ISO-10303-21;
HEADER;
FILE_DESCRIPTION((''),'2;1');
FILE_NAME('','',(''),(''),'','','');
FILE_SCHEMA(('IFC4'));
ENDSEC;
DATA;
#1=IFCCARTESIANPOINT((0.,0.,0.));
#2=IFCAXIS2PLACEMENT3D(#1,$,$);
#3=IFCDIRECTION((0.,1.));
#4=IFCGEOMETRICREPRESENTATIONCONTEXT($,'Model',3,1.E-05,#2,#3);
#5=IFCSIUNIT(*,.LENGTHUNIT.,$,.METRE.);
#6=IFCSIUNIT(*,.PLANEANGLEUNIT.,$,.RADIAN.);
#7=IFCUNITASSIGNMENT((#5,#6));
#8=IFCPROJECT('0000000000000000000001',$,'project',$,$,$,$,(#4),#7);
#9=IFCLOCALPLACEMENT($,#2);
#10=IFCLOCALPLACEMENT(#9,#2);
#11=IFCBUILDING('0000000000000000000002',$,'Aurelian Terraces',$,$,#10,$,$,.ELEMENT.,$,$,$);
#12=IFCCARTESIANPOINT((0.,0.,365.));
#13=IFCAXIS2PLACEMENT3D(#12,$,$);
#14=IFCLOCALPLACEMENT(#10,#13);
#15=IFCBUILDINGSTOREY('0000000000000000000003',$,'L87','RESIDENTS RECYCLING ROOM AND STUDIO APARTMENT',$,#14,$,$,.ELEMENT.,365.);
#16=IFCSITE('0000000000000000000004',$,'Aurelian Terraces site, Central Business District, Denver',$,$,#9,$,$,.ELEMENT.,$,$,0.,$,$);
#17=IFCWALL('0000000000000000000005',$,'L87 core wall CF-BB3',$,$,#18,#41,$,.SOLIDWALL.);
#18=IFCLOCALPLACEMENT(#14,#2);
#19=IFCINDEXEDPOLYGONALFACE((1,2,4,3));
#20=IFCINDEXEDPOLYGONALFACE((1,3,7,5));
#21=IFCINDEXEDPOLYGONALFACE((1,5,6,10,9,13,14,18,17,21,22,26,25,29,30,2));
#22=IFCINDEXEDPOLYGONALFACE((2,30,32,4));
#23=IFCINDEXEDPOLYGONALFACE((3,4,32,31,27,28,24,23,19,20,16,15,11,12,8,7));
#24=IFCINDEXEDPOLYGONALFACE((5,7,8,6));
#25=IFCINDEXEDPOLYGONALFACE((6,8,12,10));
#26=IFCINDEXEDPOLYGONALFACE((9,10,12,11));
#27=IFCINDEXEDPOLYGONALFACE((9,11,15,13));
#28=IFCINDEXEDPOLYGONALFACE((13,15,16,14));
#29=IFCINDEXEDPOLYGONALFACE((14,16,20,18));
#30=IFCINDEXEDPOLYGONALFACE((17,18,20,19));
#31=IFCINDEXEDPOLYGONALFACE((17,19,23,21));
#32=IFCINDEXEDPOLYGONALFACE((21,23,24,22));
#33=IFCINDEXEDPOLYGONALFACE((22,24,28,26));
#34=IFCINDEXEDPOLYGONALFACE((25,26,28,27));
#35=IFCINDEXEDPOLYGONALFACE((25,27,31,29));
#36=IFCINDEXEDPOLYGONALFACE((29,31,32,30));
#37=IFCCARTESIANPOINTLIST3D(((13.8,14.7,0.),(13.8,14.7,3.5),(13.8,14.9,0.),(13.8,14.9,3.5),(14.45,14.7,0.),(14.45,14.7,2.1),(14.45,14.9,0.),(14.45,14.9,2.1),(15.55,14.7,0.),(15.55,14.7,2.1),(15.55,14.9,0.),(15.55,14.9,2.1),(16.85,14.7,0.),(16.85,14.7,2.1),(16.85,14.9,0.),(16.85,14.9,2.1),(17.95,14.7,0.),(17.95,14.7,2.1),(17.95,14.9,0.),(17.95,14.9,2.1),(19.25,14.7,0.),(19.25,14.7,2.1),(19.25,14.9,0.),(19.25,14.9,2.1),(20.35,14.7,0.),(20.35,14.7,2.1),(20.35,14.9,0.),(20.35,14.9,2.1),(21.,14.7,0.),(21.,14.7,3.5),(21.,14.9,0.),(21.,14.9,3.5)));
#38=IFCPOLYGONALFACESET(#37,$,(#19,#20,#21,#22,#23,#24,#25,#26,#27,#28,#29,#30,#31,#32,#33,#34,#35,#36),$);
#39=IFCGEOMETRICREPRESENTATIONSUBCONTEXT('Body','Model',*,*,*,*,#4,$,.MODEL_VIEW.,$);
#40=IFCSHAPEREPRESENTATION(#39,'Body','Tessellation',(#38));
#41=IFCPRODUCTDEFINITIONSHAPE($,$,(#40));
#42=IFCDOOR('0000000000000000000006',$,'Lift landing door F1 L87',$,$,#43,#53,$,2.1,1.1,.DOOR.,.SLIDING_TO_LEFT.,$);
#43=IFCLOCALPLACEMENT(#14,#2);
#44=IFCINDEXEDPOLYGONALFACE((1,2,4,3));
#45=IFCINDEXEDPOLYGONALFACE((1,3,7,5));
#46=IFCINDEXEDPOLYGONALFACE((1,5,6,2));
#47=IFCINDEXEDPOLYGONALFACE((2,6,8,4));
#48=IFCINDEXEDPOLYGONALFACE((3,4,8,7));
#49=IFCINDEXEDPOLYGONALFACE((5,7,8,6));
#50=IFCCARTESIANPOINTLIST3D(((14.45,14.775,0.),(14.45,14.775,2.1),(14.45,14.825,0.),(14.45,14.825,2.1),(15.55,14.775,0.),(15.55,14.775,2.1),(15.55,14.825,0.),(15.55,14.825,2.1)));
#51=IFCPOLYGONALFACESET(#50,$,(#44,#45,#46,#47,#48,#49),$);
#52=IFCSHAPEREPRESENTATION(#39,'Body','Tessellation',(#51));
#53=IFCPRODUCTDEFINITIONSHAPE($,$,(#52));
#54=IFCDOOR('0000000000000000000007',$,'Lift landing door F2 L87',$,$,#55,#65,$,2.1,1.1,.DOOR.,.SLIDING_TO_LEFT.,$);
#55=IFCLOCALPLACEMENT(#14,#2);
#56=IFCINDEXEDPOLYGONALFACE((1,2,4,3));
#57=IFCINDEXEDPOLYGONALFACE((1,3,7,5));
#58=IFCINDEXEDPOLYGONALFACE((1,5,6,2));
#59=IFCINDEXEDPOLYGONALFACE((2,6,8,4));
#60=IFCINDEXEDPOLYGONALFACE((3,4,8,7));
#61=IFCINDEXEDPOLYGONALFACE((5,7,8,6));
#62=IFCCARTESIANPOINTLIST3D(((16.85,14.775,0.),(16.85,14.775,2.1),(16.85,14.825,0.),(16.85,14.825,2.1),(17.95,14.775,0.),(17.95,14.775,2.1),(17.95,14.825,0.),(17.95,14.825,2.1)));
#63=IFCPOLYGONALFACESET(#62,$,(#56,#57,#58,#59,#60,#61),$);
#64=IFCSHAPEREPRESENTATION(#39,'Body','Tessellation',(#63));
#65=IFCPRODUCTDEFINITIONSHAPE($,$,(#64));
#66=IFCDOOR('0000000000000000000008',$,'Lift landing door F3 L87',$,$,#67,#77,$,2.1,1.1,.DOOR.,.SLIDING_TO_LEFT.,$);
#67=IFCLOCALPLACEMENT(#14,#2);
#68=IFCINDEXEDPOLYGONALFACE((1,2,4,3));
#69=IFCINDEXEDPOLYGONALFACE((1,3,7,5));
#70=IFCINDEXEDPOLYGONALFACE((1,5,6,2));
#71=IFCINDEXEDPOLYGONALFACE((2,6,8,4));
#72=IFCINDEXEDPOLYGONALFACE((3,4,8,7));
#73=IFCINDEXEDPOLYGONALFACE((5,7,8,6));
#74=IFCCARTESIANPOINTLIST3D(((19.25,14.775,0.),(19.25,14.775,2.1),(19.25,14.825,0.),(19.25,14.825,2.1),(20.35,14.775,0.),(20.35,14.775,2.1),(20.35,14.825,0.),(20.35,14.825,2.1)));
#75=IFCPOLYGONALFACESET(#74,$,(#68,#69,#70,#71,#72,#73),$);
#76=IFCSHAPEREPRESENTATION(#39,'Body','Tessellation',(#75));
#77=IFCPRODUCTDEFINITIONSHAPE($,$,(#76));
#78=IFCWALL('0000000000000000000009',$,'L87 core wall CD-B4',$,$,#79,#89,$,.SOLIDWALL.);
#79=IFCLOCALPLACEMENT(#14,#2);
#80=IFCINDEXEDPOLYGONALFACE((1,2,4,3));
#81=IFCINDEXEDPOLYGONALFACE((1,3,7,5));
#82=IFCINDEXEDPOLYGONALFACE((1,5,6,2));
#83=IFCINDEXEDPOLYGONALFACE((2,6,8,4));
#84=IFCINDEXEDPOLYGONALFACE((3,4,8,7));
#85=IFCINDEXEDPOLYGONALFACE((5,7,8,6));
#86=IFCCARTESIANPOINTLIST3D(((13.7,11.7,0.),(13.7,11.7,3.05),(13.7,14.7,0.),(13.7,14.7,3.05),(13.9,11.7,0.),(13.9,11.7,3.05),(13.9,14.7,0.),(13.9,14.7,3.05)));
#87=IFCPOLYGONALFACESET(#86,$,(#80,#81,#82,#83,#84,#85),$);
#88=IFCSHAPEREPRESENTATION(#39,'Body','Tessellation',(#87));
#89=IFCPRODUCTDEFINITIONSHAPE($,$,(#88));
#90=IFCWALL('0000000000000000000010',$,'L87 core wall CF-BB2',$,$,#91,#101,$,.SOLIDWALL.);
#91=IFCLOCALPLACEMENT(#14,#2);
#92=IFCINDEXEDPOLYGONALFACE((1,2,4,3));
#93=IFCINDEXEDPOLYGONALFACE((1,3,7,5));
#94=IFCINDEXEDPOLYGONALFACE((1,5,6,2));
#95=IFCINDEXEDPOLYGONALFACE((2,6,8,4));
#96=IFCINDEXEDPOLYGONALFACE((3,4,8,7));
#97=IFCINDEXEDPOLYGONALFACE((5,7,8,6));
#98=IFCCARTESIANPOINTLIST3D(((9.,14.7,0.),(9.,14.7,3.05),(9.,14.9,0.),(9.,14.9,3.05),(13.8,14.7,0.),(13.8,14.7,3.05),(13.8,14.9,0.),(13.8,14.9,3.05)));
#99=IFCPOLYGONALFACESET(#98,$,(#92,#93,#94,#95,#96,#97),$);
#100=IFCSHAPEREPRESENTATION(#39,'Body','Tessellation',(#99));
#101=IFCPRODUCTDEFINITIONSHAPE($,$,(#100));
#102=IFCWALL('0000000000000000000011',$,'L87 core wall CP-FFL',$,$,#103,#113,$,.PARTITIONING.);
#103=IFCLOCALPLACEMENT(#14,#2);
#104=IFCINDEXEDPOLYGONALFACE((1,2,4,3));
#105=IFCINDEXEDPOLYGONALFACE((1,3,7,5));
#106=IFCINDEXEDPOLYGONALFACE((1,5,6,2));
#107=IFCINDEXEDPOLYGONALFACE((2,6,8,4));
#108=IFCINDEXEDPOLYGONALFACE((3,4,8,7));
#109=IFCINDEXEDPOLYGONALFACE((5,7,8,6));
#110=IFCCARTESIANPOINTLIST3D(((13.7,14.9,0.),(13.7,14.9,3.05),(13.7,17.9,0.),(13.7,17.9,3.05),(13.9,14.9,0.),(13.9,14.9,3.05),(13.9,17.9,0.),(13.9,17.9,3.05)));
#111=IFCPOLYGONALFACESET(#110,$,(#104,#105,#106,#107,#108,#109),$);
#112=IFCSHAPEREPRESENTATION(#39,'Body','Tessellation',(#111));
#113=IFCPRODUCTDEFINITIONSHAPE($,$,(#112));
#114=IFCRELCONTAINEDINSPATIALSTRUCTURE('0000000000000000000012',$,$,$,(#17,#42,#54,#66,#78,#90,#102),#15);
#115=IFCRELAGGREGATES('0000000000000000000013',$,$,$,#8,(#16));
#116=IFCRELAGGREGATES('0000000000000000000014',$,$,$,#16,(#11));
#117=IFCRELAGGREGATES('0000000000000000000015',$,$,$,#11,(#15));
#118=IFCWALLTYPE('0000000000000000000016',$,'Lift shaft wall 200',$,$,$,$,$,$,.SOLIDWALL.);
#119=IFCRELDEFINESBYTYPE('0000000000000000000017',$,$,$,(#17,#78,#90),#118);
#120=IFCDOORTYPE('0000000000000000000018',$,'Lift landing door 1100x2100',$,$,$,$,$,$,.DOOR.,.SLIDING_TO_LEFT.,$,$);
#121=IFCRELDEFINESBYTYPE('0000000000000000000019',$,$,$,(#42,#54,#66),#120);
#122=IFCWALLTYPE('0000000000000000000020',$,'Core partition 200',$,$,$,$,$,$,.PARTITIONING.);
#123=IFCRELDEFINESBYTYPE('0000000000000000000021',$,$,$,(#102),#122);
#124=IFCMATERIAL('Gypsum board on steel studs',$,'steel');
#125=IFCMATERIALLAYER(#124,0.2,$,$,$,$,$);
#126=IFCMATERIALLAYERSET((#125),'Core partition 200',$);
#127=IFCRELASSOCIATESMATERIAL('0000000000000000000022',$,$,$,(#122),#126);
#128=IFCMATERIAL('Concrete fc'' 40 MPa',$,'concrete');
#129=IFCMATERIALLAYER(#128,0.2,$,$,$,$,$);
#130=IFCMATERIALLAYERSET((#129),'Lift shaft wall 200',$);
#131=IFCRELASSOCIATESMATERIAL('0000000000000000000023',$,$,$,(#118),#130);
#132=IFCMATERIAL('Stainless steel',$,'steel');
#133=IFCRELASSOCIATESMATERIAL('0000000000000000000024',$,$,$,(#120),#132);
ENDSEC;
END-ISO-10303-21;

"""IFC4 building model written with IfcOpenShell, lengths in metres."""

from ifc_helpers import new_model, si_unit, direction, frame, frame_2d, origin, place, context, subcontext, project, spatial, rectangle, extrude, source, transform, mapped, material, layer, layer_set, type_object, element, fill, save


model = new_model("IFC4")

# Units and contexts
model_context = context("Model", 3, precision=1e-05, world=origin(), true_north=direction((0.0, 1.0)))
body_context = subcontext(model_context, "Body", "Model", "MODEL_VIEW")
ifc_project = project(units=[si_unit("LENGTHUNIT", "METRE"), si_unit("PLANEANGLEUNIT", "RADIAN")], contexts=[model_context])

# Site, building, storey
site_placement = place(None, origin())
site = spatial("IfcSite", under=ifc_project, at=site_placement, Name="Aurelian Terraces site, Central Business District, Denver", CompositionType="ELEMENT", RefElevation=0.0)
building_placement = place(site_placement, origin())
building = spatial("IfcBuilding", under=site, at=building_placement, Name="Aurelian Terraces", CompositionType="ELEMENT")
storey_placement = place(building_placement, frame((0.0, 0.0, 365.0)))
storey = spatial("IfcBuildingStorey", under=building, at=storey_placement, Name="L87", Description="RESIDENTS RECYCLING ROOM AND STUDIO APARTMENT", CompositionType="ELEMENT", Elevation=365.0)

# Shared definitions
ifc_material_1 = material(Name="Gypsum board on steel studs", Category="steel")
ifc_layer_1 = layer(ifc_material_1, 0.2)
ifc_layer_set_1 = layer_set([ifc_layer_1], Name="Core partition 200")
wall_type_1 = type_object("IfcWallType", Name="Core partition 200", PredefinedType="PARTITIONING", material=ifc_layer_set_1)
ifc_material_2 = material(Name="Concrete fc' 40 MPa", Category="concrete")
ifc_layer_2 = layer(ifc_material_2, 0.2)
ifc_layer_set_2 = layer_set([ifc_layer_2], Name="Lift shaft wall 200")
wall_type_2 = type_object("IfcWallType", Name="Lift shaft wall 200", PredefinedType="SOLIDWALL", material=ifc_layer_set_2)

# Shared definitions
shared_shape_1 = source(origin(), body_context, "Body", "SweptSolid", [
    extrude(rectangle(XDim=7.2, YDim=0.2, at=frame_2d((3.6, 0.0))), origin(), (0.0, 0.0, 1.0), 3.5),
])

# Wall, openings, doors
wall_1_placement = place(storey_placement, frame((13.8, 14.8, 0.0), z_axis=(0.0, 0.0, 1.0), x_axis=(1.0, 0.0, 0.0)))
wall_1 = element("IfcWall", 1, at=wall_1_placement, inside=storey, type_object=wall_type_2, Name="L87 core wall CF-BB3", PredefinedType="SOLIDWALL", context=body_context, shape_type="MappedRepresentation", body=[
    mapped(shared_shape_1, transform((0.0, 0.0, 0.0), scale=1.0)),
])
shared_shape_2 = source(origin(), body_context, "Body", "SweptSolid", [
    extrude(rectangle(XDim=1.1, YDim=2.1, at=frame_2d((0.55, 1.05))), frame((0.0, 0.11, 0.0), z_axis=(0.0, -1.0, 0.0), x_axis=(1.0, 0.0, 0.0)), (0.0, 0.0, 1.0), 0.22),
])
opening_1_placement = place(wall_1_placement, frame((0.65, 0.0, 0.0)))
opening_1 = element("IfcOpeningElement", 2, at=opening_1_placement, cuts=wall_1, PredefinedType="OPENING", context=body_context, shape_type="MappedRepresentation", body=[
    mapped(shared_shape_2, transform((0.0, 0.0, 0.0), scale=1.0)),
])
opening_2_placement = place(wall_1_placement, frame((3.05, 0.0, 0.0)))
opening_2 = element("IfcOpeningElement", 3, at=opening_2_placement, cuts=wall_1, PredefinedType="OPENING", context=body_context, shape_type="MappedRepresentation", body=[
    mapped(shared_shape_2, transform((0.0, 0.0, 0.0), scale=1.0)),
])
opening_3_placement = place(wall_1_placement, frame((5.45, 0.0, 0.0)))
opening_3 = element("IfcOpeningElement", 4, at=opening_3_placement, cuts=wall_1, PredefinedType="OPENING", context=body_context, shape_type="MappedRepresentation", body=[
    mapped(shared_shape_2, transform((0.0, 0.0, 0.0), scale=1.0)),
])
ifc_material_3 = material(Name="Stainless steel", Category="steel")
door_type_1 = type_object("IfcDoorType", Name="Lift landing door 1100x2100", OperationType="SLIDING_TO_LEFT", PredefinedType="DOOR", material=ifc_material_3)
shared_shape_3 = source(origin(), body_context, "Body", "SweptSolid", [
    extrude(rectangle(XDim=1.1, YDim=2.1, at=frame_2d((0.55, 1.05))), frame((0.0, 0.025, 0.0), z_axis=(0.0, -1.0, 0.0), x_axis=(1.0, 0.0, 0.0)), (0.0, 0.0, 1.0), 0.05),
])
door_1_placement = place(opening_1_placement, origin())
door_1 = element("IfcDoor", 5, at=door_1_placement, inside=storey, type_object=door_type_1, Name="Lift landing door F1 L87", OperationType="SLIDING_TO_LEFT", OverallHeight=2.1, OverallWidth=1.1, PredefinedType="DOOR", context=body_context, shape_type="MappedRepresentation", body=[
    mapped(shared_shape_3, transform((0.0, 0.0, 0.0), scale=1.0)),
])
fill(opening_1, door_1)
door_2_placement = place(opening_2_placement, origin())
door_2 = element("IfcDoor", 6, at=door_2_placement, inside=storey, type_object=door_type_1, Name="Lift landing door F2 L87", OperationType="SLIDING_TO_LEFT", OverallHeight=2.1, OverallWidth=1.1, PredefinedType="DOOR", context=body_context, shape_type="MappedRepresentation", body=[
    mapped(shared_shape_3, transform((0.0, 0.0, 0.0), scale=1.0)),
])
fill(opening_2, door_2)
door_3_placement = place(opening_3_placement, origin())
door_3 = element("IfcDoor", 7, at=door_3_placement, inside=storey, type_object=door_type_1, Name="Lift landing door F3 L87", OperationType="SLIDING_TO_LEFT", OverallHeight=2.1, OverallWidth=1.1, PredefinedType="DOOR", context=body_context, shape_type="MappedRepresentation", body=[
    mapped(shared_shape_3, transform((0.0, 0.0, 0.0), scale=1.0)),
])
fill(opening_3, door_3)

# Walls
shared_shape_4 = source(origin(), body_context, "Body", "SweptSolid", [
    extrude(rectangle(XDim=3.0, YDim=0.2, at=frame_2d((1.5, 0.0))), origin(), (0.0, 0.0, 1.0), 3.05),
])
wall_2_placement = place(storey_placement, frame((13.8, 11.7, 0.0), z_axis=(0.0, 0.0, 1.0), x_axis=(0.0, 1.0, 0.0)))
element("IfcWall", 8, at=wall_2_placement, inside=storey, type_object=wall_type_2, Name="L87 core wall CD-B4", PredefinedType="SOLIDWALL", context=body_context, shape_type="MappedRepresentation", body=[
    mapped(shared_shape_4, transform((0.0, 0.0, 0.0), scale=1.0)),
])
shared_shape_5 = source(origin(), body_context, "Body", "SweptSolid", [
    extrude(rectangle(XDim=4.8, YDim=0.2, at=frame_2d((2.4, 0.0))), origin(), (0.0, 0.0, 1.0), 3.05),
])
wall_3_placement = place(storey_placement, frame((9.0, 14.8, 0.0), z_axis=(0.0, 0.0, 1.0), x_axis=(1.0, 0.0, 0.0)))
element("IfcWall", 9, at=wall_3_placement, inside=storey, type_object=wall_type_2, Name="L87 core wall CF-BB2", PredefinedType="SOLIDWALL", context=body_context, shape_type="MappedRepresentation", body=[
    mapped(shared_shape_5, transform((0.0, 0.0, 0.0), scale=1.0)),
])
shared_shape_6 = source(origin(), body_context, "Body", "SweptSolid", [
    extrude(rectangle(XDim=3.0, YDim=0.2, at=frame_2d((1.5, 0.0))), origin(), (0.0, 0.0, 1.0), 3.05),
])
wall_4_placement = place(storey_placement, frame((13.8, 14.9, 0.0), z_axis=(0.0, 0.0, 1.0), x_axis=(0.0, 1.0, 0.0)))
element("IfcWall", 10, at=wall_4_placement, inside=storey, type_object=wall_type_1, Name="L87 core wall CP-FFL", PredefinedType="PARTITIONING", context=body_context, shape_type="MappedRepresentation", body=[
    mapped(shared_shape_6, transform((0.0, 0.0, 0.0), scale=1.0)),
])

save(model, "model.ifc")
